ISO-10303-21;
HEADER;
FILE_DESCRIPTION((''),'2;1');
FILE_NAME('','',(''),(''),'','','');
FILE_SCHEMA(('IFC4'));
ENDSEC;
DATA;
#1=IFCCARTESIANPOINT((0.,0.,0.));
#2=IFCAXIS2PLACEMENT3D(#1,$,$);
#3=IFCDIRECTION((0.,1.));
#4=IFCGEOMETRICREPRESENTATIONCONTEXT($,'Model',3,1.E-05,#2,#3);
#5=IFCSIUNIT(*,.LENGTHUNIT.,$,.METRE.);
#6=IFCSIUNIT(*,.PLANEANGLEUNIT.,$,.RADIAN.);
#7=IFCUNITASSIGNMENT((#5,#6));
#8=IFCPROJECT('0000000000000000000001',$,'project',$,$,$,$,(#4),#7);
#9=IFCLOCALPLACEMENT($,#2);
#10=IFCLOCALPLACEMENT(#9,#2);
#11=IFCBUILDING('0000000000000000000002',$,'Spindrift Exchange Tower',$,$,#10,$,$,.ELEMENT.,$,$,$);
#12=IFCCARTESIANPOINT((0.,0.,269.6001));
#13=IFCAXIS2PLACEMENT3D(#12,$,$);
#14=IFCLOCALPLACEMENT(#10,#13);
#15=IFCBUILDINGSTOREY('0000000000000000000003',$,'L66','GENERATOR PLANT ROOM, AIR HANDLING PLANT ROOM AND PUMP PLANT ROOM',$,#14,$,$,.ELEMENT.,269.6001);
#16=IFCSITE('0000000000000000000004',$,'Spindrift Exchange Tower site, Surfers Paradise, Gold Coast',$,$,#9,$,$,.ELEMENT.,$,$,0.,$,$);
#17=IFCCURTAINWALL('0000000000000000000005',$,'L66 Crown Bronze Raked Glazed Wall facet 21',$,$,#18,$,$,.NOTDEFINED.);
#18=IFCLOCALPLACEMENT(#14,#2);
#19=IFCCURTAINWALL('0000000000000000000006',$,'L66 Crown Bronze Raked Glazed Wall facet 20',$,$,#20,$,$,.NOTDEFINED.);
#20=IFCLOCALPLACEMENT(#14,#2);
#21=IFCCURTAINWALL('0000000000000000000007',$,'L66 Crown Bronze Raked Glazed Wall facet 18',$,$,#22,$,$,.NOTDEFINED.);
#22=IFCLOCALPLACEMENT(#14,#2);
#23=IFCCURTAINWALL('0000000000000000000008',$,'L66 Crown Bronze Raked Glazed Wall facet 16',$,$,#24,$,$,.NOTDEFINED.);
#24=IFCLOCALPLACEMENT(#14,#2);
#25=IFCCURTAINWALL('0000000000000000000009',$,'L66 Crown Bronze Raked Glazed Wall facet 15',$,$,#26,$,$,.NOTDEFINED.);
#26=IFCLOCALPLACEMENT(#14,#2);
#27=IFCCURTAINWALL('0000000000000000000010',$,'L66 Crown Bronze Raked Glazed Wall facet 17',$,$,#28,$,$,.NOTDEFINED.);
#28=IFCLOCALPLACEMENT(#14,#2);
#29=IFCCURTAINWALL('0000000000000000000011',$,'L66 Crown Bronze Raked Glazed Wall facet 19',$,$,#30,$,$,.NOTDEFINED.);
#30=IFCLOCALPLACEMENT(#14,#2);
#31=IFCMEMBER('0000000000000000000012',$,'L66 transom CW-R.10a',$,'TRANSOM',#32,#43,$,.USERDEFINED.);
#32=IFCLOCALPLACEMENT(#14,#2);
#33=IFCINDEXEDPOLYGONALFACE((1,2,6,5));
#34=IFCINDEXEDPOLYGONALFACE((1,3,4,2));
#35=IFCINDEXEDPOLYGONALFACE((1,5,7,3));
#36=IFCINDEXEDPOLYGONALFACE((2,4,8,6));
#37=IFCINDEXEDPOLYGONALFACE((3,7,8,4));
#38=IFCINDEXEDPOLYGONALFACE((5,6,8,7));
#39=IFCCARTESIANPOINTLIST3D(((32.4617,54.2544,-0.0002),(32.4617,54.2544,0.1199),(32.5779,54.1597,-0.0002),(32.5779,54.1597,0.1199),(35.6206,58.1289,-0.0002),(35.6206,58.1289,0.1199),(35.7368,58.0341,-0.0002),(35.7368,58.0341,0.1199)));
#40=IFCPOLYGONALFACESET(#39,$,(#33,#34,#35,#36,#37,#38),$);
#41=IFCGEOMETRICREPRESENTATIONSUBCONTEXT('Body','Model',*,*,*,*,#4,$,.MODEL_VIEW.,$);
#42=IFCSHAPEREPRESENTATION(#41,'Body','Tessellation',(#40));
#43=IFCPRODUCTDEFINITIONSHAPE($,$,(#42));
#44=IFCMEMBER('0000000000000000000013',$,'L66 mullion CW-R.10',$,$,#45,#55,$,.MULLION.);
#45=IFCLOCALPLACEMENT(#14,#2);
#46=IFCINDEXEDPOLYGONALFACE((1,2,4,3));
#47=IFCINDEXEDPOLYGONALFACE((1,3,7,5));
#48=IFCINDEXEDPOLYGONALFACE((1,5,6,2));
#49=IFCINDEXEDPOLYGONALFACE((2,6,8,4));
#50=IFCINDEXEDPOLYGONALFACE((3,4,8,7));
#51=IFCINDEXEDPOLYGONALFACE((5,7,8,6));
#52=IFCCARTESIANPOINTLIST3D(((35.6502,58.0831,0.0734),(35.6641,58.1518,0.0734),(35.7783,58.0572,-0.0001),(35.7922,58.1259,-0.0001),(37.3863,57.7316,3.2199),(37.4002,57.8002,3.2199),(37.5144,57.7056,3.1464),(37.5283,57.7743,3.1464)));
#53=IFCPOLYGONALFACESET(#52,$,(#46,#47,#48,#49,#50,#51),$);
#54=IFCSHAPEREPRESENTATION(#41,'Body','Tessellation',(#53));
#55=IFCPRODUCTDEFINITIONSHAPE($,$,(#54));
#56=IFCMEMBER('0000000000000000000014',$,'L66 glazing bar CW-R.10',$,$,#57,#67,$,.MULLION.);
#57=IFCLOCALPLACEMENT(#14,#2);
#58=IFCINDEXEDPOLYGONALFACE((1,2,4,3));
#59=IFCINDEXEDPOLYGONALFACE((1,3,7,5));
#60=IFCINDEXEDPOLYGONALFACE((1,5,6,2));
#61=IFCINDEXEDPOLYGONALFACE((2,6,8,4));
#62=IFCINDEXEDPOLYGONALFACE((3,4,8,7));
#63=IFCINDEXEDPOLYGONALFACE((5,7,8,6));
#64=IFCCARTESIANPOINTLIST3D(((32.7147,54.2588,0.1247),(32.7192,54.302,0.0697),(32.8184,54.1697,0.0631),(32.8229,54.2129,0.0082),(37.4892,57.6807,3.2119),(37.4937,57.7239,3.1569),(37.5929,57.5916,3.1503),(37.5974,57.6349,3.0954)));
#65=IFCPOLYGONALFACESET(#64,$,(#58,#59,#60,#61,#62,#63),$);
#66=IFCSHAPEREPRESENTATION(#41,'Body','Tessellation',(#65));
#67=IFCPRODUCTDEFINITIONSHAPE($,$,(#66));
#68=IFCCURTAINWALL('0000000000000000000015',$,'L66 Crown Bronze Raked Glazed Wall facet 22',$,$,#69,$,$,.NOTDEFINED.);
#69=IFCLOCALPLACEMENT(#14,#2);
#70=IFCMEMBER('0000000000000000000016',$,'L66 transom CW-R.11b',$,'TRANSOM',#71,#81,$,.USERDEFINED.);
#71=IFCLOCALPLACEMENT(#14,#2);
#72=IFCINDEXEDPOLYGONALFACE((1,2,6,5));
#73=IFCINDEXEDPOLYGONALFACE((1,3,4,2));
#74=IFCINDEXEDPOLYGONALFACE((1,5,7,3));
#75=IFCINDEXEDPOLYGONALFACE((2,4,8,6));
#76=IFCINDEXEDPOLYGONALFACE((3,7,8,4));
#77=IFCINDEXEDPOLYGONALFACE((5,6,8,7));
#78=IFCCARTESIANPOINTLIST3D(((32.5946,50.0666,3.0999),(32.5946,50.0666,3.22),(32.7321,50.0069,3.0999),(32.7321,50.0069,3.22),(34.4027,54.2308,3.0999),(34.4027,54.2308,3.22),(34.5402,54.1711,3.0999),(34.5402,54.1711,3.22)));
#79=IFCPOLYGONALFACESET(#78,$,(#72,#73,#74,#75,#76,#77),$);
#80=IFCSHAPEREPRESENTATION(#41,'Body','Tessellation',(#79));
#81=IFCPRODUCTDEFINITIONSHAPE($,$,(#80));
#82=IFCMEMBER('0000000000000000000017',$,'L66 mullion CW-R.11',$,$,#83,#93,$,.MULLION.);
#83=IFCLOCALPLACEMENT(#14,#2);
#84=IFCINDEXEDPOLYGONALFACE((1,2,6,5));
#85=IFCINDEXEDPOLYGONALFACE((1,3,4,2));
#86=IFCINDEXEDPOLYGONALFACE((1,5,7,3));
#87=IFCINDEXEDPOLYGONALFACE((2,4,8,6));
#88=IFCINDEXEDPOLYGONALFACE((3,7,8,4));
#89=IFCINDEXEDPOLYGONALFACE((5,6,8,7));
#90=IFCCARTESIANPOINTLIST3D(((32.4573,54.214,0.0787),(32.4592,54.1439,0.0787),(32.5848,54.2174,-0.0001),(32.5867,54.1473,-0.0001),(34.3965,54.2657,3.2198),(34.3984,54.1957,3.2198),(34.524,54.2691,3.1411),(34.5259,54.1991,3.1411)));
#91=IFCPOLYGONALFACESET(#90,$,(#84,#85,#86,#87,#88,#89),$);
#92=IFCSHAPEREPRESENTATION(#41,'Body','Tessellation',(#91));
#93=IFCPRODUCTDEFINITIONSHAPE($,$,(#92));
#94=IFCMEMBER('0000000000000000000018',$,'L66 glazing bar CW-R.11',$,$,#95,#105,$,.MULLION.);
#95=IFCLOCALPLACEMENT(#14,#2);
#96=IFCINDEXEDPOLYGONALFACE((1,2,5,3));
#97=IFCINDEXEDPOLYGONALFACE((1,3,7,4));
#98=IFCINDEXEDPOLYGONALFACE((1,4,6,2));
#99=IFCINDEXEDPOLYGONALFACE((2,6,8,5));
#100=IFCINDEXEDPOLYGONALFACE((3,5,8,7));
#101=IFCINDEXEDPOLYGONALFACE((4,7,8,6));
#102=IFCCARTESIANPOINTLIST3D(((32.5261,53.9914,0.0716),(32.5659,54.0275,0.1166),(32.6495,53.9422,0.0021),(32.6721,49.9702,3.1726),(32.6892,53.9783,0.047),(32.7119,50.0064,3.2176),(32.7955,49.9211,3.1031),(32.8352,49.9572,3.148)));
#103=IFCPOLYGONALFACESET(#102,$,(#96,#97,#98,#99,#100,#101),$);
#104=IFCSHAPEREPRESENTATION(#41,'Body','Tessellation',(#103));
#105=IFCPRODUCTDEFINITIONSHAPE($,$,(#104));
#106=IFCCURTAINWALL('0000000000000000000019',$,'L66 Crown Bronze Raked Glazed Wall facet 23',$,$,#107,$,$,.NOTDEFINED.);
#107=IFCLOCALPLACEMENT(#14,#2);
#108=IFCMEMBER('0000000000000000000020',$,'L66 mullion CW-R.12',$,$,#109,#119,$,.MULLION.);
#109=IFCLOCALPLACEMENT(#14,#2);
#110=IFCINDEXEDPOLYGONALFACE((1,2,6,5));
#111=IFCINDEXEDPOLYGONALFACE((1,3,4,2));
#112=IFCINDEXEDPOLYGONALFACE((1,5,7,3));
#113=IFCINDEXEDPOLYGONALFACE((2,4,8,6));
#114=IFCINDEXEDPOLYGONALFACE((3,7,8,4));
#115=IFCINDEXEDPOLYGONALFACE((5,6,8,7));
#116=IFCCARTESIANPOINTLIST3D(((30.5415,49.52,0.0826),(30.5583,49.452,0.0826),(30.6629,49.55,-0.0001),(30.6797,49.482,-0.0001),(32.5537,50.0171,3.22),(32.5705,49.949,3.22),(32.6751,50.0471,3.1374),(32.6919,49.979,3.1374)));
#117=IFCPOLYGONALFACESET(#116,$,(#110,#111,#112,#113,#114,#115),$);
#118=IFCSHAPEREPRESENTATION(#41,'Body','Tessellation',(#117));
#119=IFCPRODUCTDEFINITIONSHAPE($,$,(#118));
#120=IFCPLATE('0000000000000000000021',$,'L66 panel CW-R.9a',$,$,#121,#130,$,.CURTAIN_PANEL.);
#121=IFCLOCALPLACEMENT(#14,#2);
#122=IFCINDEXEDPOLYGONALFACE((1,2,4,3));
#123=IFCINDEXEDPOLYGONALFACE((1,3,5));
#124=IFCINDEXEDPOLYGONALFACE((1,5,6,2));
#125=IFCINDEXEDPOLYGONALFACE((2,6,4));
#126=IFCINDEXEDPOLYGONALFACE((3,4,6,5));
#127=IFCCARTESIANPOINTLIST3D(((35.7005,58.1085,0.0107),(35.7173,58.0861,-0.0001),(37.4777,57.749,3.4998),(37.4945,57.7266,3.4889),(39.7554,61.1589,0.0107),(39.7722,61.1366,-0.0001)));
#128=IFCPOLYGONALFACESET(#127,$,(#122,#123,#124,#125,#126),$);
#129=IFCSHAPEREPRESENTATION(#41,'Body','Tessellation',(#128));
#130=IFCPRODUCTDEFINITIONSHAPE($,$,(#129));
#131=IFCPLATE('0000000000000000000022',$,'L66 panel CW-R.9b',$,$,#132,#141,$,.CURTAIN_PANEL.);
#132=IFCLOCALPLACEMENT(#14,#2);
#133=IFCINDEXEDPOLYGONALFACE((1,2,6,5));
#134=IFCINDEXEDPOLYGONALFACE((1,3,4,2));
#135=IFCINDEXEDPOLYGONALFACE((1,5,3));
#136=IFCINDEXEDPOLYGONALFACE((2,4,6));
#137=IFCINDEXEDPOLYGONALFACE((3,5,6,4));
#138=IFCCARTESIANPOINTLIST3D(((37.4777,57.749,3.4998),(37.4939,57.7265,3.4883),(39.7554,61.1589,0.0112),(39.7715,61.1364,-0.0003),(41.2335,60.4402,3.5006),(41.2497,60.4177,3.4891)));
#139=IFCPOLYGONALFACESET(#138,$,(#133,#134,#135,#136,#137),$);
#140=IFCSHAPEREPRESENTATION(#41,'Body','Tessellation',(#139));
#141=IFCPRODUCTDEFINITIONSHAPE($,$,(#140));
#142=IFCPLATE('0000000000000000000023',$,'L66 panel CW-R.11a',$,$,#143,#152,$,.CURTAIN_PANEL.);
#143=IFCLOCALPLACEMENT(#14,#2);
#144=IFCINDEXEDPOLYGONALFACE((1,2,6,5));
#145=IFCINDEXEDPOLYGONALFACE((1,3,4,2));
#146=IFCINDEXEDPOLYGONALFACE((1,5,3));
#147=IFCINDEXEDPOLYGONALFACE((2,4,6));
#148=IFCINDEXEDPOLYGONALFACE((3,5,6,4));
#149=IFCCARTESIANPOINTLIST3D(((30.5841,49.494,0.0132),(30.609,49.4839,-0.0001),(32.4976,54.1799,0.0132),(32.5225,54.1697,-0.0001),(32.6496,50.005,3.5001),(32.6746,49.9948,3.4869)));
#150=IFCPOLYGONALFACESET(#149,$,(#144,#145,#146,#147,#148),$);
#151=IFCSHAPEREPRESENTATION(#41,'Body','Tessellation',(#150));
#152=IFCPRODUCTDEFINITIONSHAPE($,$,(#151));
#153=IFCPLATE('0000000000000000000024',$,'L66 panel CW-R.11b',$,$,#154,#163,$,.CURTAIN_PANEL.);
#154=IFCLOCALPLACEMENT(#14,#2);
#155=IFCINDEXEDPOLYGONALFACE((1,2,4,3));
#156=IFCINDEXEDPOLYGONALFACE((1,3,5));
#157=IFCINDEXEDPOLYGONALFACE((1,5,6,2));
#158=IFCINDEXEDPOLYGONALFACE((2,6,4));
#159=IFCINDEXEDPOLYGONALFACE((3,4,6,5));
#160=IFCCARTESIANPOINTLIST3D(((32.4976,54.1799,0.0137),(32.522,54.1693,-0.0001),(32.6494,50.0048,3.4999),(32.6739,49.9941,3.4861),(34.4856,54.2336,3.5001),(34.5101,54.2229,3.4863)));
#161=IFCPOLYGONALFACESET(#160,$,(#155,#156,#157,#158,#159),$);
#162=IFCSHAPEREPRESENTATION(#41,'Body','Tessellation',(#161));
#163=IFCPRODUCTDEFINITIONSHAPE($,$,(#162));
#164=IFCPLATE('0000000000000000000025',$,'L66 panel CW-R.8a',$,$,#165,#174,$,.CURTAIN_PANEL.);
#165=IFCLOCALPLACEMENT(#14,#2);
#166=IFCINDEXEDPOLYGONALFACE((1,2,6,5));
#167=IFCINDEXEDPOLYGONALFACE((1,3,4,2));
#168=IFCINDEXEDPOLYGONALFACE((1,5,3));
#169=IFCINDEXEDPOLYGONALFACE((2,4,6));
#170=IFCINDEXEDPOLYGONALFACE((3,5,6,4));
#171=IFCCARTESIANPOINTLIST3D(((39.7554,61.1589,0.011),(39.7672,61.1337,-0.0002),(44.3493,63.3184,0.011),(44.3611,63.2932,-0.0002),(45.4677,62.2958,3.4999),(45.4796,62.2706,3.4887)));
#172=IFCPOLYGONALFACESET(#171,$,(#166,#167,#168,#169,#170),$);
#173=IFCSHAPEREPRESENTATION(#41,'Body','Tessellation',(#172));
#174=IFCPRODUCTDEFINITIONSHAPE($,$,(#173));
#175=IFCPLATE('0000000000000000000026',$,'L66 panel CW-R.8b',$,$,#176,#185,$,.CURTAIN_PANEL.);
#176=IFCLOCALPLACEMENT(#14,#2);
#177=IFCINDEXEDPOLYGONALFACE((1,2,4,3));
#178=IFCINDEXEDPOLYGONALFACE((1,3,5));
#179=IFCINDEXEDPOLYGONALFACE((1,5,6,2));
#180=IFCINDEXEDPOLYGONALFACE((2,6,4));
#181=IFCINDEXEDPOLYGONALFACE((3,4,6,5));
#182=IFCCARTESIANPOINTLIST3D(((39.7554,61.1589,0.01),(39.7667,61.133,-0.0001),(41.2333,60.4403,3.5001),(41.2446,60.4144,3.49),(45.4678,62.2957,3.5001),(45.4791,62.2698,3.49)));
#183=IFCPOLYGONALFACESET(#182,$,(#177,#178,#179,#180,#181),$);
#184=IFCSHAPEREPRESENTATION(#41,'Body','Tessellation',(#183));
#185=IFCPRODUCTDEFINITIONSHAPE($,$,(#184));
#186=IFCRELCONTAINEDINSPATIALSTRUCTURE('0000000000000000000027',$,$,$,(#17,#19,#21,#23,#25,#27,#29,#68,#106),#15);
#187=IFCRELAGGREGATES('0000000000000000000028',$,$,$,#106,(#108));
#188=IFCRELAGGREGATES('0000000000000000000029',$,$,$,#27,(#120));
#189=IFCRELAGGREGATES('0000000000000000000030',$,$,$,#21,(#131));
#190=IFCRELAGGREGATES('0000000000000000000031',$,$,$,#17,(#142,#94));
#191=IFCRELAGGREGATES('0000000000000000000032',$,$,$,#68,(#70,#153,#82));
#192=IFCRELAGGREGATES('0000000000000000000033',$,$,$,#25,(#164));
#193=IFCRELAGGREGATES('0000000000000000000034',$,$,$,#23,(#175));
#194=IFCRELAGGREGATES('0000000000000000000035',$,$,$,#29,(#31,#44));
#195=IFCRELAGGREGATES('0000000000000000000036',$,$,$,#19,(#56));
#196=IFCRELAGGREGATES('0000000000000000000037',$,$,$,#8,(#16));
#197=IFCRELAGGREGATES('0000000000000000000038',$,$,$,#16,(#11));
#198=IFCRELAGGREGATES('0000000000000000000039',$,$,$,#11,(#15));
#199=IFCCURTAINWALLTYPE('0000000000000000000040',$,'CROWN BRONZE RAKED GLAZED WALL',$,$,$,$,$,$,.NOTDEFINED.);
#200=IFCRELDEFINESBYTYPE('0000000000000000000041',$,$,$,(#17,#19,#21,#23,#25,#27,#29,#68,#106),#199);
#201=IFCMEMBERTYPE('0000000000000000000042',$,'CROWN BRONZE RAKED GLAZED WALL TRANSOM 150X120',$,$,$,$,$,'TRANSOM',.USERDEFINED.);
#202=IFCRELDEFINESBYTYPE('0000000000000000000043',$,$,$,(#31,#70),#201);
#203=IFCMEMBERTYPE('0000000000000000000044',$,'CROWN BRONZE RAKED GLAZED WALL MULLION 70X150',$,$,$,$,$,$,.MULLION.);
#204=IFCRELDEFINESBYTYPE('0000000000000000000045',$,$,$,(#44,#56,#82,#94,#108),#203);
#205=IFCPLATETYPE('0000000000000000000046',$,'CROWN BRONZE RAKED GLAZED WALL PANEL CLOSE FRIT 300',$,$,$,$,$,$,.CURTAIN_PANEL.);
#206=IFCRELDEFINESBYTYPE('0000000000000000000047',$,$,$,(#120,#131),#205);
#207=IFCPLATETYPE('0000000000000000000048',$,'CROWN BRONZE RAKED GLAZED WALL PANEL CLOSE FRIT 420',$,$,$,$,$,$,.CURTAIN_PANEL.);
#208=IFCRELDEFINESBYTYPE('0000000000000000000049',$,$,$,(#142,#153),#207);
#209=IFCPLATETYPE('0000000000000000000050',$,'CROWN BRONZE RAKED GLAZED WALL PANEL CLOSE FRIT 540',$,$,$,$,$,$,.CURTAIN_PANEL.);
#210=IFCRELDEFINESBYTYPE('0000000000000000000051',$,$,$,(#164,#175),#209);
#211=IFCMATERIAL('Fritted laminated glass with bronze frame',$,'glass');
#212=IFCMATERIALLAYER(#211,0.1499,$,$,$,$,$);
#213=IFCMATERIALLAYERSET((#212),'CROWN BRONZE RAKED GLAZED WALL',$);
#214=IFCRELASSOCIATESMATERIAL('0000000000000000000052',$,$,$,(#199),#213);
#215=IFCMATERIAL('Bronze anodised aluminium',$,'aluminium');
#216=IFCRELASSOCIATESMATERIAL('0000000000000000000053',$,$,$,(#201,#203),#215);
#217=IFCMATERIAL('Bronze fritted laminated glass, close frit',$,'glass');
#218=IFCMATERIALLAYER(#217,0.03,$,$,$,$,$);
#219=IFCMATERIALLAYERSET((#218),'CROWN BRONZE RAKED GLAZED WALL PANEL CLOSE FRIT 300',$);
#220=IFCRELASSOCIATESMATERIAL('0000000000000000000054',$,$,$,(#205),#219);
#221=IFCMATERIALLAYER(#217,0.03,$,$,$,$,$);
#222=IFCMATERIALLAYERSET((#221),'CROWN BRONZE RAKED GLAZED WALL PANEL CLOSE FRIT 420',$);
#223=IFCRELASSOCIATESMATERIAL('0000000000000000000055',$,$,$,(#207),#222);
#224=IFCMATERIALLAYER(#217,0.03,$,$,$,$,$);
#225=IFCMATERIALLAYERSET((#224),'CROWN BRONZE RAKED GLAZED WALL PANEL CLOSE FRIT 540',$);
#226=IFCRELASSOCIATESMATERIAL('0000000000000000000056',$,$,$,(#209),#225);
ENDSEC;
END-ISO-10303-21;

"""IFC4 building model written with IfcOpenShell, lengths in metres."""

from ifc_helpers import new_model, si_unit, direction, frame, origin, origin_2d, place, context, subcontext, project, spatial, line, indexed_curve, rectangle, outline, extrude, source, transform, mapped, material, layer, layer_set, material_profile, profile_set, type_object, element, aggregate, save


model = new_model("IFC4")

# Units and contexts
model_context = context("Model", 3, precision=1e-05, world=origin(), true_north=direction((0.0, 1.0)))
body_context = subcontext(model_context, "Body", "Model", "MODEL_VIEW")
ifc_project = project(units=[si_unit("LENGTHUNIT", "METRE"), si_unit("PLANEANGLEUNIT", "RADIAN")], contexts=[model_context])

# Site, building, storey
site_placement = place(None, origin())
site = spatial("IfcSite", under=ifc_project, at=site_placement, Name="Spindrift Exchange Tower site, Surfers Paradise, Gold Coast", CompositionType="ELEMENT", RefElevation=0.0)
building_placement = place(site_placement, origin())
building = spatial("IfcBuilding", under=site, at=building_placement, Name="Spindrift Exchange Tower", CompositionType="ELEMENT")
storey_placement = place(building_placement, frame((0.0, 0.0, 269.6001)))
storey = spatial("IfcBuildingStorey", under=building, at=storey_placement, Name="L66", Description="GENERATOR PLANT ROOM, AIR HANDLING PLANT ROOM AND PUMP PLANT ROOM", CompositionType="ELEMENT", Elevation=269.6001)

# Curtain walls
ifc_material_1 = material(Name="Fritted laminated glass with bronze frame", Category="glass")
ifc_layer_1 = layer(ifc_material_1, 0.1499)
ifc_layer_set_1 = layer_set([ifc_layer_1], Name="CROWN BRONZE RAKED GLAZED WALL")
curtain_wall_type = type_object("IfcCurtainWallType", Name="CROWN BRONZE RAKED GLAZED WALL", PredefinedType="NOTDEFINED", material=ifc_layer_set_1)
curtain_wall_1_placement = place(storey_placement, origin())
curtain_wall_1 = element("IfcCurtainWall", 1, at=curtain_wall_1_placement, inside=storey, type_object=curtain_wall_type, Name="L66 Crown Bronze Raked Glazed Wall facet 21", PredefinedType="NOTDEFINED")
ifc_material_2 = material(Name="Bronze anodised aluminium", Category="aluminium")
ifc_material_profile_1 = material_profile(ifc_material_2, rectangle(XDim=0.1499, YDim=0.1201, at=origin_2d()), Name="CROWN BRONZE RAKED GLAZED WALL TRANSOM 150X120")
ifc_profile_set_1 = profile_set([ifc_material_profile_1], Name="Bronze anodised aluminium")
member_type_1 = type_object("IfcMemberType", Name="CROWN BRONZE RAKED GLAZED WALL TRANSOM 150X120", ElementType="TRANSOM", PredefinedType="USERDEFINED", material=ifc_profile_set_1)
curtain_wall_2_placement = place(storey_placement, origin())
curtain_wall_2 = element("IfcCurtainWall", 2, at=curtain_wall_2_placement, inside=storey, type_object=curtain_wall_type, Name="L66 Crown Bronze Raked Glazed Wall facet 20", PredefinedType="NOTDEFINED")
curtain_wall_3_placement = place(storey_placement, origin())
curtain_wall_3 = element("IfcCurtainWall", 3, at=curtain_wall_3_placement, inside=storey, type_object=curtain_wall_type, Name="L66 Crown Bronze Raked Glazed Wall facet 18", PredefinedType="NOTDEFINED")
curtain_wall_4_placement = place(storey_placement, origin())
curtain_wall_4 = element("IfcCurtainWall", 4, at=curtain_wall_4_placement, inside=storey, type_object=curtain_wall_type, Name="L66 Crown Bronze Raked Glazed Wall facet 16", PredefinedType="NOTDEFINED")
curtain_wall_5_placement = place(storey_placement, origin())
curtain_wall_5 = element("IfcCurtainWall", 5, at=curtain_wall_5_placement, inside=storey, type_object=curtain_wall_type, Name="L66 Crown Bronze Raked Glazed Wall facet 15", PredefinedType="NOTDEFINED")

# Shared definitions
ifc_material_profile_2 = material_profile(ifc_material_2, rectangle(XDim=0.0701, YDim=0.1499, at=origin_2d()), Name="CROWN BRONZE RAKED GLAZED WALL MULLION 70X150")
ifc_profile_set_2 = profile_set([ifc_material_profile_2], Name="Bronze anodised aluminium")
member_type_2 = type_object("IfcMemberType", Name="CROWN BRONZE RAKED GLAZED WALL MULLION 70X150", PredefinedType="MULLION", material=ifc_profile_set_2)

# Curtain wall
curtain_wall_6_placement = place(storey_placement, origin())
curtain_wall_6 = element("IfcCurtainWall", 6, at=curtain_wall_6_placement, inside=storey, type_object=curtain_wall_type, Name="L66 Crown Bronze Raked Glazed Wall facet 17", PredefinedType="NOTDEFINED")

# Curtain wall, members
curtain_wall_7_placement = place(storey_placement, origin())
curtain_wall_7 = element("IfcCurtainWall", 7, at=curtain_wall_7_placement, inside=storey, type_object=curtain_wall_type, Name="L66 Crown Bronze Raked Glazed Wall facet 19", PredefinedType="NOTDEFINED")
shared_shape_1 = source(origin(), body_context, "Body", "SweptSolid", [
    extrude(rectangle(XDim=0.1499, YDim=0.1201, at=origin_2d()), origin(), (0.0, 0.0, 1.0), 4.999),
])
member_1_placement = place(storey_placement, frame((32.5198, 54.207, 0.0598), z_axis=(0.631904, 0.775046, 0.0), x_axis=(-0.775046, 0.631904, 0.0)))
member_1 = element("IfcMember", 8, at=member_1_placement, type_object=member_type_1, Name="L66 transom CW-R.10a", ObjectType="TRANSOM", PredefinedType="USERDEFINED", context=body_context, shape_type="MappedRepresentation", body=[
    mapped(shared_shape_1, transform((0.0, 0.0, 0.0), scale=1.0)),
])
shared_shape_2 = source(origin(), body_context, "Body", "SweptSolid", [
    extrude(rectangle(XDim=0.0701, YDim=0.1499, at=origin_2d()), origin(), (0.0, 0.0, 1.0), 3.6108),
])
member_2_placement = place(storey_placement, frame((35.7212, 58.1045, 0.0366), z_axis=(0.480802, -0.097364, 0.871407), x_axis=(0.198475, 0.980106, 0.0)))
member_2 = element("IfcMember", 9, at=member_2_placement, type_object=member_type_2, Name="L66 mullion CW-R.10", PredefinedType="MULLION", context=body_context, shape_type="MappedRepresentation", body=[
    mapped(shared_shape_2, transform((0.0, 0.0, 0.0), scale=1.0)),
])

# Member
shared_shape_3 = source(origin(), body_context, "Body", "SweptSolid", [
    extrude(rectangle(XDim=0.0701, YDim=0.1499, at=origin_2d()), origin(), (0.0, 0.0, 1.0), 6.636),
])
member_3_placement = place(storey_placement, frame((32.7688, 54.2358, 0.0664), z_axis=(0.719486, 0.515663, 0.465223), x_axis=(0.06468, 0.617198, -0.784145)))
member_3 = element("IfcMember", 10, at=member_3_placement, type_object=member_type_2, Name="L66 glazing bar CW-R.10", PredefinedType="MULLION", context=body_context, shape_type="MappedRepresentation", body=[
    mapped(shared_shape_3, transform((0.0, 0.0, 0.0), scale=1.0)),
])

# Curtain wall, members
curtain_wall_8_placement = place(storey_placement, origin())
curtain_wall_8 = element("IfcCurtainWall", 11, at=curtain_wall_8_placement, inside=storey, type_object=curtain_wall_type, Name="L66 Crown Bronze Raked Glazed Wall facet 22", PredefinedType="NOTDEFINED")
shared_shape_4 = source(origin(), body_context, "Body", "SweptSolid", [
    extrude(rectangle(XDim=0.1499, YDim=0.1201, at=origin_2d()), origin(), (0.0, 0.0, 1.0), 4.5398),
])
member_4_placement = place(storey_placement, frame((34.4714, 54.2009, 3.1599), z_axis=(-0.39827, -0.917268, 0.0), x_axis=(0.917268, -0.39827, 0.0)))
member_4 = element("IfcMember", 12, at=member_4_placement, type_object=member_type_1, Name="L66 transom CW-R.11b", ObjectType="TRANSOM", PredefinedType="USERDEFINED", context=body_context, shape_type="MappedRepresentation", body=[
    mapped(shared_shape_4, transform((0.0, 0.0, 0.0), scale=1.0)),
])
shared_shape_5 = source(origin(), body_context, "Body", "SweptSolid", [
    extrude(rectangle(XDim=0.0701, YDim=0.1499, at=origin_2d()), origin(), (0.0, 0.0, 1.0), 3.6919),
])
member_5_placement = place(storey_placement, frame((32.522, 54.1807, 0.0393), z_axis=(0.525267, 0.014019, 0.850822), x_axis=(-0.026681, 0.999644, 0.0)))
member_5 = element("IfcMember", 13, at=member_5_placement, type_object=member_type_2, Name="L66 mullion CW-R.11", PredefinedType="MULLION", context=body_context, shape_type="MappedRepresentation", body=[
    mapped(shared_shape_5, transform((0.0, 0.0, 0.0), scale=1.0)),
])

# Member
shared_shape_6 = source(origin(), body_context, "Body", "SweptSolid", [
    extrude(rectangle(XDim=0.0701, YDim=0.1499, at=origin_2d()), origin(), (0.0, 0.0, 1.0), 5.0801),
])
member_6_placement = place(storey_placement, frame((32.6077, 53.9849, 0.0593), z_axis=(0.028738, -0.791553, 0.610425), x_axis=(0.567522, 0.515628, 0.641909)))
member_6 = element("IfcMember", 14, at=member_6_placement, type_object=member_type_2, Name="L66 glazing bar CW-R.11", PredefinedType="MULLION", context=body_context, shape_type="MappedRepresentation", body=[
    mapped(shared_shape_6, transform((0.0, 0.0, 0.0), scale=1.0)),
])

# Curtain wall, member
curtain_wall_9_placement = place(storey_placement, origin())
curtain_wall_9 = element("IfcCurtainWall", 15, at=curtain_wall_9_placement, inside=storey, type_object=curtain_wall_type, Name="L66 Crown Bronze Raked Glazed Wall facet 23", PredefinedType="NOTDEFINED")
shared_shape_7 = source(origin(), body_context, "Body", "SweptSolid", [
    extrude(rectangle(XDim=0.0701, YDim=0.1499, at=origin_2d()), origin(), (0.0, 0.0, 1.0), 3.7603),
])
member_7_placement = place(storey_placement, frame((30.6106, 49.501, 0.0413), z_axis=(0.535123, 0.13219, 0.834368), x_axis=(-0.239819, 0.970818, 0.0)))
member_7 = element("IfcMember", 16, at=member_7_placement, type_object=member_type_2, Name="L66 mullion CW-R.12", PredefinedType="MULLION", context=body_context, shape_type="MappedRepresentation", body=[
    mapped(shared_shape_7, transform((0.0, 0.0, 0.0), scale=1.0)),
])
aggregate(curtain_wall_9, [member_7])

# Plates
ifc_material_3 = material(Name="Bronze fritted laminated glass, close frit", Category="glass")
ifc_layer_2 = layer(ifc_material_3, 0.03)
ifc_layer_set_2 = layer_set([ifc_layer_2], Name="CROWN BRONZE RAKED GLAZED WALL PANEL CLOSE FRIT 300")
plate_type_1 = type_object("IfcPlateType", Name="CROWN BRONZE RAKED GLAZED WALL PANEL CLOSE FRIT 300", PredefinedType="CURTAIN_PANEL", material=ifc_layer_set_2)
plate_1_placement = place(storey_placement, frame((39.7554, 61.1589, 0.0107), z_axis=(-0.560356, 0.744869, 0.362175), x_axis=(-0.799121, -0.60117, 0.0)))
plate_1 = element("IfcPlate", 17, at=plate_1_placement, type_object=plate_type_1, Name="L66 panel CW-R.9a", PredefinedType="CURTAIN_PANEL", context=body_context, shape_type="SweptSolid", body=[
    extrude(outline(indexed_curve([(0.0, 0.0), (5.0742, 0.0), (3.8701, 3.7432)], segments=[line(1, 2, 3, 1)], self_intersect=False)), origin(), (0.0, 0.0, -1.0), 0.03),
])
aggregate(curtain_wall_6, [plate_1])
plate_2_placement = place(storey_placement, frame((39.7554, 61.1589, 0.0112), z_axis=(-0.538177, 0.750958, 0.382659), x_axis=(-0.423062, -0.633368, 0.647969)))
plate_2 = element("IfcPlate", 18, at=plate_2_placement, type_object=plate_type_1, Name="L66 panel CW-R.9b", PredefinedType="CURTAIN_PANEL", context=body_context, shape_type="SweptSolid", body=[
    extrude(outline(indexed_curve([(0.0, 0.0), (5.3838, 0.0), (2.0908, 3.2412)], segments=[line(1, 2, 3, 1)], self_intersect=False)), origin(), (0.0, 0.0, -1.0), 0.03),
])
aggregate(curtain_wall_3, [plate_2])
ifc_layer_3 = layer(ifc_material_3, 0.03)
ifc_layer_set_3 = layer_set([ifc_layer_3], Name="CROWN BRONZE RAKED GLAZED WALL PANEL CLOSE FRIT 420")
plate_type_2 = type_object("IfcPlateType", Name="CROWN BRONZE RAKED GLAZED WALL PANEL CLOSE FRIT 420", PredefinedType="CURTAIN_PANEL", material=ifc_layer_set_3)
plate_3_placement = place(storey_placement, frame((32.4976, 54.1799, 0.0132), z_axis=(-0.83036, 0.339075, 0.442189), x_axis=(-0.378043, -0.925788, 0.0)))
plate_3 = element("IfcPlate", 19, at=plate_3_placement, type_object=plate_type_2, Name="L66 panel CW-R.11a", PredefinedType="CURTAIN_PANEL", context=body_context, shape_type="SweptSolid", body=[
    extrude(outline(indexed_curve([(0.0, 0.0), (5.0615, 0.0), (3.8076, 3.8877)], segments=[line(1, 2, 3, 1)], self_intersect=False)), origin(), (0.0, 0.0, -1.0), 0.03),
])
aggregate(curtain_wall_1, [plate_3, member_6])
plate_4_placement = place(storey_placement, frame((32.4976, 54.1799, 0.0137), z_axis=(-0.814844, 0.353789, 0.459197), x_axis=(0.027907, -0.767297, 0.640685)))
plate_4 = element("IfcPlate", 20, at=plate_4_placement, type_object=plate_type_2, Name="L66 panel CW-R.11b", PredefinedType="CURTAIN_PANEL", context=body_context, shape_type="SweptSolid", body=[
    extrude(outline(indexed_curve([(0.0, 0.0), (5.4414, 0.0), (2.248, 3.3252)], segments=[line(1, 2, 3, 1)], self_intersect=False)), origin(), (0.0, 0.0, -1.0), 0.03),
])
aggregate(curtain_wall_8, [member_4, plate_4, member_5])
ifc_layer_4 = layer(ifc_material_3, 0.03)
ifc_layer_set_4 = layer_set([ifc_layer_4], Name="CROWN BRONZE RAKED GLAZED WALL PANEL CLOSE FRIT 540")
plate_type_3 = type_object("IfcPlateType", Name="CROWN BRONZE RAKED GLAZED WALL PANEL CLOSE FRIT 540", PredefinedType="CURTAIN_PANEL", material=ifc_layer_set_4)
plate_5_placement = place(storey_placement, frame((39.7554, 61.1589, 0.011), z_axis=(-0.394768, 0.839791, 0.372704), x_axis=(0.904996, 0.425419, 0.0)))
plate_5 = element("IfcPlate", 21, at=plate_5_placement, type_object=plate_type_3, Name="L66 panel CW-R.8a", PredefinedType="CURTAIN_PANEL", context=body_context, shape_type="SweptSolid", body=[
    extrude(outline(indexed_curve([(0.0, 0.0), (5.0762, 0.0), (5.6533, -3.7598)], segments=[line(1, 2, 3, 1)], self_intersect=False)), origin(), (0.0, 0.0, -1.0), 0.03),
])
aggregate(curtain_wall_5, [plate_5])
plate_6_placement = place(storey_placement, frame((39.7554, 61.1589, 0.01), z_axis=(-0.377779, 0.862195, 0.337496), x_axis=(0.841289, 0.167417, 0.514007)))
plate_6 = element("IfcPlate", 22, at=plate_6_placement, type_object=plate_type_3, Name="L66 panel CW-R.8b", PredefinedType="CURTAIN_PANEL", context=body_context, shape_type="SweptSolid", body=[
    extrude(outline(indexed_curve([(0.0, 0.0), (6.79, 0.0), (2.917, -2.5244)], segments=[line(1, 2, 3, 1)], self_intersect=False)), origin(), (0.0, 0.0, -1.0), 0.03),
])
aggregate(curtain_wall_4, [plate_6])
aggregate(curtain_wall_7, [member_1, member_2])
aggregate(curtain_wall_2, [member_3])

save(model, "model.ifc")
